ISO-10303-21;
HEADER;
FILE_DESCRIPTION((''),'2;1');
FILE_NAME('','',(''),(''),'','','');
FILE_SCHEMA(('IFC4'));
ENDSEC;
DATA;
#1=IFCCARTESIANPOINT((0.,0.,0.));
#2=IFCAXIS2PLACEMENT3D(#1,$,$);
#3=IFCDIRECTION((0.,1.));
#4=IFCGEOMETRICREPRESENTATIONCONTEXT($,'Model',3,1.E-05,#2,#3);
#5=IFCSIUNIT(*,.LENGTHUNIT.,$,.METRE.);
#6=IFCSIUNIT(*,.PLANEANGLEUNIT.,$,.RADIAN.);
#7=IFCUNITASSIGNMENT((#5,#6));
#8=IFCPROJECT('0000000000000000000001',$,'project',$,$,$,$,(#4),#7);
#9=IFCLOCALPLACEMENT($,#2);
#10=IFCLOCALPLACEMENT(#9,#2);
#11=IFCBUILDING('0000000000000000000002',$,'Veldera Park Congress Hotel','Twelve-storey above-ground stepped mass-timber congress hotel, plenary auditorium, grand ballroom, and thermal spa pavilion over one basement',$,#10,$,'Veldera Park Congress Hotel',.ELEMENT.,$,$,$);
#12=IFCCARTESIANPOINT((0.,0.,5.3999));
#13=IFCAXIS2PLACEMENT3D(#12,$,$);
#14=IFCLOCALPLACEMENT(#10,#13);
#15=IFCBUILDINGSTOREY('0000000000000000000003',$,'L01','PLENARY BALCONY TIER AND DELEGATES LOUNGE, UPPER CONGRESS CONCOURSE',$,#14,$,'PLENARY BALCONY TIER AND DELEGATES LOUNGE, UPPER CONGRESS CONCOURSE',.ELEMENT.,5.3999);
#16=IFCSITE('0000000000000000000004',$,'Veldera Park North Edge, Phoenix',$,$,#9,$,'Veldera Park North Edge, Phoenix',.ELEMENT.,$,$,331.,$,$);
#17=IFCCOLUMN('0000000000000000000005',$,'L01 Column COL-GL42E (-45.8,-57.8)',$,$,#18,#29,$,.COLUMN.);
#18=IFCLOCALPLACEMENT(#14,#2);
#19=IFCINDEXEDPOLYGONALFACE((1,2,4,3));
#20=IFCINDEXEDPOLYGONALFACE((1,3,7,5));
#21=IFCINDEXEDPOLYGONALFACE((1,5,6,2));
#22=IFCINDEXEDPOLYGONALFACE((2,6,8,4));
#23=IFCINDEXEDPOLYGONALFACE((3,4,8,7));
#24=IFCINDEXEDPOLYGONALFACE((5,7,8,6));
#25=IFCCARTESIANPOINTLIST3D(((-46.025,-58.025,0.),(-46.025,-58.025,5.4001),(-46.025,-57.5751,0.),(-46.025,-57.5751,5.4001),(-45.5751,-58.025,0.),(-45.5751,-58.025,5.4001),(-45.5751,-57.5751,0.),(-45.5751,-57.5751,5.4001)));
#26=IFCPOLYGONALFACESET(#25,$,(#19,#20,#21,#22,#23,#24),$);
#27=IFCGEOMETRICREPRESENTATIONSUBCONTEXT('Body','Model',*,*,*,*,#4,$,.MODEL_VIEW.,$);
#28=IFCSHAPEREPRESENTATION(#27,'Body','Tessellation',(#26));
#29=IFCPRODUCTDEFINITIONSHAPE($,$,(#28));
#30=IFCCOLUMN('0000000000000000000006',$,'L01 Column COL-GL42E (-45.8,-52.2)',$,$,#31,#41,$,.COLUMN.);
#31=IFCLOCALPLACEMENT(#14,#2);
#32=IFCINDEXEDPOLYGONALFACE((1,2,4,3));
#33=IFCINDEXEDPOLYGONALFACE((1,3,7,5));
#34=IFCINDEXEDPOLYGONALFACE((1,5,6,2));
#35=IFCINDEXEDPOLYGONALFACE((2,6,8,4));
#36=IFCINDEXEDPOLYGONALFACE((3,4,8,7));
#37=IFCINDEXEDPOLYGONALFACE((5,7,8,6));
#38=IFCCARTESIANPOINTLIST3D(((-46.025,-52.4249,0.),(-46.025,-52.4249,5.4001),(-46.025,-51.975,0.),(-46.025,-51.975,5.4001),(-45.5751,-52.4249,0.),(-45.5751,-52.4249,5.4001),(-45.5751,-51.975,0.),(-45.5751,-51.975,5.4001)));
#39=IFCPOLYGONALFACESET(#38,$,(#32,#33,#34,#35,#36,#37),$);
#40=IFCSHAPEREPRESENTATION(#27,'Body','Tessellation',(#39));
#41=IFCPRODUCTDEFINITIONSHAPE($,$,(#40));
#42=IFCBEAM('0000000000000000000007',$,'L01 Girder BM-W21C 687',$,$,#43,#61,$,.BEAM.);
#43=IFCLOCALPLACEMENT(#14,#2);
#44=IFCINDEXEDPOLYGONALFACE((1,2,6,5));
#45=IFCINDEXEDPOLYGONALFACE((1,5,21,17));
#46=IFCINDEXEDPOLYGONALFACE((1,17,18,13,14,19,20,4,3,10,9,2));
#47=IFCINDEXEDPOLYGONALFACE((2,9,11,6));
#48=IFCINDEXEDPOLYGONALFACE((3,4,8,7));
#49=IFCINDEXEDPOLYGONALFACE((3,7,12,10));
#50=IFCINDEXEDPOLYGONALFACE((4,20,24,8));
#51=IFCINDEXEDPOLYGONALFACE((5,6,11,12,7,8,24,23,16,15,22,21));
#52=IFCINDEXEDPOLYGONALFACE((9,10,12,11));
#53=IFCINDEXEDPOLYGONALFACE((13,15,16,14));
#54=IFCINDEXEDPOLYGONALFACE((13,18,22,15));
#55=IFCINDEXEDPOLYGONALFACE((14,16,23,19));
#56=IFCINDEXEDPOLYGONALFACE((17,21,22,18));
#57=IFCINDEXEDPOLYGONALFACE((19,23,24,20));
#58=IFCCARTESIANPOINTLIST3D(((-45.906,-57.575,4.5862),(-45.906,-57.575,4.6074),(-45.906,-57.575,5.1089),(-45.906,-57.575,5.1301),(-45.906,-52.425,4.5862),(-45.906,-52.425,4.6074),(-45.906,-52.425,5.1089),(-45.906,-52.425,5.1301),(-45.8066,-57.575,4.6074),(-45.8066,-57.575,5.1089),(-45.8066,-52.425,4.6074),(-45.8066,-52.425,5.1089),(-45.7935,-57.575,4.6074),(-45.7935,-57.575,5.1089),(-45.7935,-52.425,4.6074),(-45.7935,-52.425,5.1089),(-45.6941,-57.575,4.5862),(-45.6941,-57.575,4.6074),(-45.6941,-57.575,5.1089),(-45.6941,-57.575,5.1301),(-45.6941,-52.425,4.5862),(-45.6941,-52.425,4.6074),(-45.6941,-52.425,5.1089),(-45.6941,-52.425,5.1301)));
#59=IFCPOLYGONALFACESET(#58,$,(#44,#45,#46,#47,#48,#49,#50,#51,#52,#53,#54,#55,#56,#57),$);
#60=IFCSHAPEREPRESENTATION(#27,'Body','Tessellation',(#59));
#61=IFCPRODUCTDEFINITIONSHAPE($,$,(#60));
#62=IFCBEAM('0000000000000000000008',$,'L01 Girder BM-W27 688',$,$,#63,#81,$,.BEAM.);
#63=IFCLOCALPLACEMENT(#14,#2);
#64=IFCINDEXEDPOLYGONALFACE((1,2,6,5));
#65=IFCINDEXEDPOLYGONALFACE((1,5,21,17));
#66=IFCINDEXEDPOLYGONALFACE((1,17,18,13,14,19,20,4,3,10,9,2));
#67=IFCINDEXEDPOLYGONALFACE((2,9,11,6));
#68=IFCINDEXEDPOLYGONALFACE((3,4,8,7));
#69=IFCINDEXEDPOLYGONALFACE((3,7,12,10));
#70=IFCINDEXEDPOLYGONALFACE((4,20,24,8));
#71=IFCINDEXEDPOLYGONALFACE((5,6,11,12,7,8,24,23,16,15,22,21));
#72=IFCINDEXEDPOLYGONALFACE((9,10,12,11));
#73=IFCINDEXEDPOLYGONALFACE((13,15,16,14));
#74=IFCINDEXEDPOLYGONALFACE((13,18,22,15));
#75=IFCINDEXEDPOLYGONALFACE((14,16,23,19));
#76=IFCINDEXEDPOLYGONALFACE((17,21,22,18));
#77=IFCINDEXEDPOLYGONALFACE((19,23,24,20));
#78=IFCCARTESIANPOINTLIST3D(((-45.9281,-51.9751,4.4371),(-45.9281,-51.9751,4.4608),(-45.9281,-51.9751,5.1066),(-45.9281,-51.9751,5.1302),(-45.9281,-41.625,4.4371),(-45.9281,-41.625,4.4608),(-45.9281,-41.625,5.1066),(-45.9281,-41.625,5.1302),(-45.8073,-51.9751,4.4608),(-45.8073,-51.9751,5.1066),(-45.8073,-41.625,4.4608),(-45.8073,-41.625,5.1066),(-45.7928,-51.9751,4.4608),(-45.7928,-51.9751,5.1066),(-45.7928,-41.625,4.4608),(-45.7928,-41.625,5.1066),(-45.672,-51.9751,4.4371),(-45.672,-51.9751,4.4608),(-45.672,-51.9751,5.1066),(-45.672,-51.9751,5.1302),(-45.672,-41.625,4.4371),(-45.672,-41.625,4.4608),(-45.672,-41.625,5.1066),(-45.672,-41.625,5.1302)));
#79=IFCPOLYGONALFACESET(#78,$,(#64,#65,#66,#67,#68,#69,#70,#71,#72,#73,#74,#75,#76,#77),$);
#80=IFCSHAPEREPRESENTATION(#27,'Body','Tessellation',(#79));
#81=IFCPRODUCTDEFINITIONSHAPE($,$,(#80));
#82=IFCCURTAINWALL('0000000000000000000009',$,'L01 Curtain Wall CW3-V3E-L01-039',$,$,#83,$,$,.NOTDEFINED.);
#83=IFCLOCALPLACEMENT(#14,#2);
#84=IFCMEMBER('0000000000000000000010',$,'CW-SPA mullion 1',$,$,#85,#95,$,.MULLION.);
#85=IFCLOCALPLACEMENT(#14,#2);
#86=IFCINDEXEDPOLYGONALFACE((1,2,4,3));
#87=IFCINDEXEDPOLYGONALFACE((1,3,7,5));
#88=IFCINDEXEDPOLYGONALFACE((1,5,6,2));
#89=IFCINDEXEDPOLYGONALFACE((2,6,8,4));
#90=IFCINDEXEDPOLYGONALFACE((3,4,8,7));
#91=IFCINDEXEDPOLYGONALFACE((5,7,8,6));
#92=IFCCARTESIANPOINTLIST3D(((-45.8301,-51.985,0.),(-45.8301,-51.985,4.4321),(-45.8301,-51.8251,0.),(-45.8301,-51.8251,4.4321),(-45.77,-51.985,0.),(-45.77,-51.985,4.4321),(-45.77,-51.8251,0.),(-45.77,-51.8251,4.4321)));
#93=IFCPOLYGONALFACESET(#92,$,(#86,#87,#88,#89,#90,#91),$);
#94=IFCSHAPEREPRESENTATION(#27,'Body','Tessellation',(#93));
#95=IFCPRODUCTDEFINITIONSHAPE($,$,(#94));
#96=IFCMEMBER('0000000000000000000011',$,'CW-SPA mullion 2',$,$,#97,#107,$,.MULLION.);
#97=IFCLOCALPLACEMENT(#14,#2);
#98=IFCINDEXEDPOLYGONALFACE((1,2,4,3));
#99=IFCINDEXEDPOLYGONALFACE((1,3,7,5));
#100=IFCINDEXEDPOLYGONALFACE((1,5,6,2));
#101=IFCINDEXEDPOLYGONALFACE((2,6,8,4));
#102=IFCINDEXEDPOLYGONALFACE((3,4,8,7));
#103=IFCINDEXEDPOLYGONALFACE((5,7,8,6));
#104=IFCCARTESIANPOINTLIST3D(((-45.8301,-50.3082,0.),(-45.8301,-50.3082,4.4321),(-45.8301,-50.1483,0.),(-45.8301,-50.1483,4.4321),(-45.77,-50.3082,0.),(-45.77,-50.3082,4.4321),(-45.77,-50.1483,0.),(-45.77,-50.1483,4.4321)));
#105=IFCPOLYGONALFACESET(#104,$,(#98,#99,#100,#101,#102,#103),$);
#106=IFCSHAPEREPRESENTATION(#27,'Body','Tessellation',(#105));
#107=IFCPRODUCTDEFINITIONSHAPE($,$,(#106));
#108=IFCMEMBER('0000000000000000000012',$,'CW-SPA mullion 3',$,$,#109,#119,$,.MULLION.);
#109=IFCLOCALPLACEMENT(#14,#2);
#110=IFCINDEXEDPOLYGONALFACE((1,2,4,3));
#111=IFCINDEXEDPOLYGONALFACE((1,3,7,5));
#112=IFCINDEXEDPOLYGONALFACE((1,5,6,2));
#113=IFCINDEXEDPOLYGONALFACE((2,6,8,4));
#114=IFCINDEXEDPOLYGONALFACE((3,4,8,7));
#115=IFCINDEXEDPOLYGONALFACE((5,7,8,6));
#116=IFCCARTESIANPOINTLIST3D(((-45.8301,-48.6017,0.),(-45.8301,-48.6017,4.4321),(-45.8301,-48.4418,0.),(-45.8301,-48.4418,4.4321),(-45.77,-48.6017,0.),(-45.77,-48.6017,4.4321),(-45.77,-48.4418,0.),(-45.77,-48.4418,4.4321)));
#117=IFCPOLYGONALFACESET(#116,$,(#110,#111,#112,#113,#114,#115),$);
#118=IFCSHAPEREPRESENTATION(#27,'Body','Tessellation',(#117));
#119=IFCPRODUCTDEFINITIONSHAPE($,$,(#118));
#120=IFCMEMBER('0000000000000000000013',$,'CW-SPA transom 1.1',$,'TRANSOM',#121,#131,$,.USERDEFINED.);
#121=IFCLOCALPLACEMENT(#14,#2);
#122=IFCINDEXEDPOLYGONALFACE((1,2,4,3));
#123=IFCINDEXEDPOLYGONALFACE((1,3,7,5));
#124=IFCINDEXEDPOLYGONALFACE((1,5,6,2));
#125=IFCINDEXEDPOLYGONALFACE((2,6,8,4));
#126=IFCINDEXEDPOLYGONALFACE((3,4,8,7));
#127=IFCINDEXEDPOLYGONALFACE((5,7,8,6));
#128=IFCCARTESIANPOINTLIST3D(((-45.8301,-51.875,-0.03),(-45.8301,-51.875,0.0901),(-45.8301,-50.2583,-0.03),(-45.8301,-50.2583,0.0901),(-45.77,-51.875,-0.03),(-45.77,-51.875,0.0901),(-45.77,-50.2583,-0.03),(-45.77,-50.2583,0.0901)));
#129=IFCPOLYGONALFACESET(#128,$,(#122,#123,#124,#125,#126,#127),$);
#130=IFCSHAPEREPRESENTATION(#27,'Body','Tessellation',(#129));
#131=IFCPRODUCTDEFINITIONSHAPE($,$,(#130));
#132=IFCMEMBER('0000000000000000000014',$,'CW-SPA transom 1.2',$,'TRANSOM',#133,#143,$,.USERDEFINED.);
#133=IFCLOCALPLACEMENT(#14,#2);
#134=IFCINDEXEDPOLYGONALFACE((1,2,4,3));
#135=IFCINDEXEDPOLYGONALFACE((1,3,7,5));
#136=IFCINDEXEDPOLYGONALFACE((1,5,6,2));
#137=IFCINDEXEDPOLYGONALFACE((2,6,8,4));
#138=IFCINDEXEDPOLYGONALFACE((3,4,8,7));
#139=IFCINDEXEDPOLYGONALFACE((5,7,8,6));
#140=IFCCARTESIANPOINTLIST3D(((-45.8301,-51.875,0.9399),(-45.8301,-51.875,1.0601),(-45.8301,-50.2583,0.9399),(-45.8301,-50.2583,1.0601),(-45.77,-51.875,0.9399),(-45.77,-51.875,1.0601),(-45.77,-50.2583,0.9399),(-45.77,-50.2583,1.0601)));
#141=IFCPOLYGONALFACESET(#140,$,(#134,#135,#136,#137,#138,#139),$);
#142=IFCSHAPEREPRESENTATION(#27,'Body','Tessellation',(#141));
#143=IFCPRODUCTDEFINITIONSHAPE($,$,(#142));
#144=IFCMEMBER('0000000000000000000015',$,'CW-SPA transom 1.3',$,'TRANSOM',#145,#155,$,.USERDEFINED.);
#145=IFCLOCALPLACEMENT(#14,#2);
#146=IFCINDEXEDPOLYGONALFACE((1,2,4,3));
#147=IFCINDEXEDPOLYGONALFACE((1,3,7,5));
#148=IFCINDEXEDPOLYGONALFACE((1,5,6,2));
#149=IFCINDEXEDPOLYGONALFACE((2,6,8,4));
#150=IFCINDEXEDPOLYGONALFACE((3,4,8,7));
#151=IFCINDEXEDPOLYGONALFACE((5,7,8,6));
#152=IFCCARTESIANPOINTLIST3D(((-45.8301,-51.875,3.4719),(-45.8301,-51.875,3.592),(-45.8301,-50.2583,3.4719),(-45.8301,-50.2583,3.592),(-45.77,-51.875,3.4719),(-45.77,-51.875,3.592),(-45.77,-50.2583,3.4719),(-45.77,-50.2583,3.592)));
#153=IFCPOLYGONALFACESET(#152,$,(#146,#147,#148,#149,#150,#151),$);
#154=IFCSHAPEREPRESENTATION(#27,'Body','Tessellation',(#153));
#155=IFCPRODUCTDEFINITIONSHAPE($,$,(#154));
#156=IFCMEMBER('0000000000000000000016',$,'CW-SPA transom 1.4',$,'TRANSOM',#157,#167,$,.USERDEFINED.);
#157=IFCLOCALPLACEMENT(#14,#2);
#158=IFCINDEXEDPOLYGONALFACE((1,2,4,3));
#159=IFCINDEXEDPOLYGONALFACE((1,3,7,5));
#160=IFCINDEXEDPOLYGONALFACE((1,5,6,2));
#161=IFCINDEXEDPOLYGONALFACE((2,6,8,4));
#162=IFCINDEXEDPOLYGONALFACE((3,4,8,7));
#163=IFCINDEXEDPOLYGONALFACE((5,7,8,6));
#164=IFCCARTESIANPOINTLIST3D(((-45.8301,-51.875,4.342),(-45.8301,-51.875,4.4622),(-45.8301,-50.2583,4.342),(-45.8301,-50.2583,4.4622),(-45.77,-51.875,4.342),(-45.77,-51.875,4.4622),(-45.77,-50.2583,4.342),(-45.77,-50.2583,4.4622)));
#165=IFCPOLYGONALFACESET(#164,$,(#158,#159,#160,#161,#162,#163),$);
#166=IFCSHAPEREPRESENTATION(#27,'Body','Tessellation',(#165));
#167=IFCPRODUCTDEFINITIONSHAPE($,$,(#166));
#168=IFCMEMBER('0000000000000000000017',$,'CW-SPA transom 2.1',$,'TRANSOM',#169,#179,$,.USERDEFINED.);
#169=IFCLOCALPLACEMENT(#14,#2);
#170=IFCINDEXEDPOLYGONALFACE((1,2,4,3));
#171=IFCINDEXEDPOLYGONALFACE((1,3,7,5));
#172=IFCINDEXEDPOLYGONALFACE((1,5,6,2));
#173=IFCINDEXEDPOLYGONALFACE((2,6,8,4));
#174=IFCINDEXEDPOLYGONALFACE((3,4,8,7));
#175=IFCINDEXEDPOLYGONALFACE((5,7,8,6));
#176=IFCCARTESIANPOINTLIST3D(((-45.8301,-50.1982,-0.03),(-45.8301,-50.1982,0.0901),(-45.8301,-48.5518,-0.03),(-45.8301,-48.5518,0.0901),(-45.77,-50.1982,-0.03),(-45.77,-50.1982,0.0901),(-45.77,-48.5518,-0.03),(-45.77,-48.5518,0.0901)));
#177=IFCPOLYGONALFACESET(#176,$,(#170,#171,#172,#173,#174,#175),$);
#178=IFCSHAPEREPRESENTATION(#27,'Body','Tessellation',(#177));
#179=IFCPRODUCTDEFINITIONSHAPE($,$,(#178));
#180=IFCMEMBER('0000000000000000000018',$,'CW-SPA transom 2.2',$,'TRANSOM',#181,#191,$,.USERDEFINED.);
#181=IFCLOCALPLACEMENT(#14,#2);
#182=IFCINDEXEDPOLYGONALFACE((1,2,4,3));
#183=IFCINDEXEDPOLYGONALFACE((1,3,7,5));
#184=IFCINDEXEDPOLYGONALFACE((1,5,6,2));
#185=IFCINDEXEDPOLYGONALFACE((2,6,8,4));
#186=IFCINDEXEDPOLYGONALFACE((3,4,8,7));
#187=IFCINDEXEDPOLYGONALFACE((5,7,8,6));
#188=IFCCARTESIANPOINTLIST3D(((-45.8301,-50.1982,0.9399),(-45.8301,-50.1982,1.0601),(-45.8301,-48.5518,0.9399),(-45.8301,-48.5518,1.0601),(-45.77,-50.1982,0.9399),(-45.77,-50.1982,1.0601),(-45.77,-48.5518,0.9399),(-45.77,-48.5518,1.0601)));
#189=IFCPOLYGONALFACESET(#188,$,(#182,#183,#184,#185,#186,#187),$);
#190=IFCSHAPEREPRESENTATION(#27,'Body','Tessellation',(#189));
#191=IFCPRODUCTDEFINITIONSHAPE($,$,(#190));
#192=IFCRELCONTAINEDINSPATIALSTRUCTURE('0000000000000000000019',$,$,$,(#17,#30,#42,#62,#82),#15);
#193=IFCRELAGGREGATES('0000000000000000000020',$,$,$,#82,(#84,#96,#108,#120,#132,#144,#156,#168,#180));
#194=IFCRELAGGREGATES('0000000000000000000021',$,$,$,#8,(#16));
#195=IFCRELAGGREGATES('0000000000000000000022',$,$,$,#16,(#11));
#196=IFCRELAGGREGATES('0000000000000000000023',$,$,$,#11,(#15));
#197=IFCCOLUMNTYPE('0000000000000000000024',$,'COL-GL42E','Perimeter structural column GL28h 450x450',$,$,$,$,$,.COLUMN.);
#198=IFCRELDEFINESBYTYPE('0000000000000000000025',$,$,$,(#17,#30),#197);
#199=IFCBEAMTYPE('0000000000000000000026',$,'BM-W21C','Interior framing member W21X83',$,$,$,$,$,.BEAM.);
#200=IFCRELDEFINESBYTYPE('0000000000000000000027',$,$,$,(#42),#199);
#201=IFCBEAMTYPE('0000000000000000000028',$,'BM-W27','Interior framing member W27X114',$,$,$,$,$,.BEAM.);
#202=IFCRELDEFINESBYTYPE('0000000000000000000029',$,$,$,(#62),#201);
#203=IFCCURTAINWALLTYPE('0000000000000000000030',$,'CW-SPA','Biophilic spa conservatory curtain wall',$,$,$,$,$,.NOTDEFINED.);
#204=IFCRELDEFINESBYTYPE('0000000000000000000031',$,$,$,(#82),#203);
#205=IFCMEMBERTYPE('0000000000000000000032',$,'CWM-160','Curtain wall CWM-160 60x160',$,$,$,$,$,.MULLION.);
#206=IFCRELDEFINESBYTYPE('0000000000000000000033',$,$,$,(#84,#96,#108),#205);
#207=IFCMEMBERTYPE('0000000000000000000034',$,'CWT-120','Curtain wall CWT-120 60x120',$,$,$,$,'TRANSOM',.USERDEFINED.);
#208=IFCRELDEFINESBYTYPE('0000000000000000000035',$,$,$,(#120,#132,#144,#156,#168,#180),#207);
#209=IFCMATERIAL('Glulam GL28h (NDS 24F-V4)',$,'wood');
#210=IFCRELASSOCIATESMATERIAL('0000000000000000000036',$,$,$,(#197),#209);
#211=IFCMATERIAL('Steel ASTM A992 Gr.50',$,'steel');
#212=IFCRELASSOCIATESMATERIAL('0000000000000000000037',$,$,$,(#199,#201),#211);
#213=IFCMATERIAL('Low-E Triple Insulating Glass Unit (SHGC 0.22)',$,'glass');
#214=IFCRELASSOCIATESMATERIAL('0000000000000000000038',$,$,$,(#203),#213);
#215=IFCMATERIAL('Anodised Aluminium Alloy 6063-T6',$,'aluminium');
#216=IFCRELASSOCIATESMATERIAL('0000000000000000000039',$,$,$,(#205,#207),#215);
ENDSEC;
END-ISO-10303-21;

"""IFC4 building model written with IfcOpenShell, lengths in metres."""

from ifc_helpers import new_model, si_unit, direction, frame, origin, origin_2d, place, context, subcontext, project, spatial, rectangle, i_section, extrude, material, material_profile, profile_set, type_object, element, aggregate, save


model = new_model("IFC4")

# Units and contexts
model_context = context("Model", 3, precision=1e-05, world=origin(), true_north=direction((0.0, 1.0)))
body_context = subcontext(model_context, "Body", "Model", "MODEL_VIEW")
ifc_project = project(units=[si_unit("LENGTHUNIT", "METRE"), si_unit("PLANEANGLEUNIT", "RADIAN")], contexts=[model_context])

# Site, building, storey
site_placement = place(None, origin())
site = spatial("IfcSite", under=ifc_project, at=site_placement, Name="Veldera Park North Edge, Phoenix", LongName="Veldera Park North Edge, Phoenix", CompositionType="ELEMENT", RefElevation=331.0)
building_placement = place(site_placement, origin())
building = spatial("IfcBuilding", under=site, at=building_placement, Name="Veldera Park Congress Hotel", Description="Twelve-storey above-ground stepped mass-timber congress hotel, plenary auditorium, grand ballroom, and thermal spa pavilion over one basement", LongName="Veldera Park Congress Hotel", CompositionType="ELEMENT")
storey_placement = place(building_placement, frame((0.0, 0.0, 5.3999)))
storey = spatial("IfcBuildingStorey", under=building, at=storey_placement, Name="L01", Description="PLENARY BALCONY TIER AND DELEGATES LOUNGE, UPPER CONGRESS CONCOURSE", LongName="PLENARY BALCONY TIER AND DELEGATES LOUNGE, UPPER CONGRESS CONCOURSE", CompositionType="ELEMENT", Elevation=5.3999)

# Columns
ifc_material_1 = material(Name="Glulam GL28h (NDS 24F-V4)", Category="wood")
ifc_material_profile_1 = material_profile(ifc_material_1, rectangle(XDim=0.45, YDim=0.45, at=origin_2d()), Name="GL28h 450x450")
ifc_profile_set_1 = profile_set([ifc_material_profile_1], Name="Glulam GL28h (NDS 24F-V4)")
column_type = type_object("IfcColumnType", Name="COL-GL42E", Description="Perimeter structural column GL28h 450x450", PredefinedType="COLUMN", material=ifc_profile_set_1)
for number, where, z_axis, x_axis, name in (
    (1, (-45.8, -57.8, 0.0), (0.0, 0.0, 1.0), (1.0, 0.0, 0.0), "L01 Column COL-GL42E (-45.8,-57.8)"),
    (2, (-45.8, -52.2, 0.0), (0.0, 0.0, 1.0), (1.0, 0.0, 0.0), "L01 Column COL-GL42E (-45.8,-52.2)"),
):
    element("IfcColumn", number, at=place(storey_placement, frame(where, z_axis=z_axis, x_axis=x_axis)), inside=storey, type_object=column_type, Name=name, PredefinedType="COLUMN", context=body_context, shape_type="SweptSolid", body=[
        extrude(rectangle(XDim=0.45, YDim=0.45, at=origin_2d()), origin(), (0.0, 0.0, 1.0), 5.4001),
    ])

# Beams
ifc_material_2 = material(Name="Steel ASTM A992 Gr.50", Category="steel")
ifc_material_profile_2 = material_profile(ifc_material_2, i_section(OverallWidth=0.2119, OverallDepth=0.5439, WebThickness=0.0132, FlangeThickness=0.0212, at=origin_2d()), Name="W21X83")
ifc_profile_set_2 = profile_set([ifc_material_profile_2], Name="Steel ASTM A992 Gr.50")
beam_type_1 = type_object("IfcBeamType", Name="BM-W21C", Description="Interior framing member W21X83", PredefinedType="BEAM", material=ifc_profile_set_2)
beam_1_placement = place(storey_placement, frame((-45.8, -57.575, 4.8582), z_axis=(0.0, 1.0, 0.0), x_axis=(-1.0, 0.0, 0.0)))
element("IfcBeam", 3, at=beam_1_placement, inside=storey, type_object=beam_type_1, Name="L01 Girder BM-W21C 687", PredefinedType="BEAM", context=body_context, shape_type="SweptSolid", body=[
    extrude(i_section(OverallWidth=0.2119, OverallDepth=0.5439, WebThickness=0.0132, FlangeThickness=0.0212, at=origin_2d()), origin(), (0.0, 0.0, 1.0), 5.1499),
])
ifc_material_profile_3 = material_profile(ifc_material_2, i_section(OverallWidth=0.2561, OverallDepth=0.6931, WebThickness=0.0144, FlangeThickness=0.0237, at=origin_2d()), Name="W27X114")
ifc_profile_set_3 = profile_set([ifc_material_profile_3], Name="Steel ASTM A992 Gr.50")
beam_type_2 = type_object("IfcBeamType", Name="BM-W27", Description="Interior framing member W27X114", PredefinedType="BEAM", material=ifc_profile_set_3)
beam_2_placement = place(storey_placement, frame((-45.8, -51.9751, 4.7837), z_axis=(0.0, 1.0, 0.0), x_axis=(-1.0, 0.0, 0.0)))
element("IfcBeam", 4, at=beam_2_placement, inside=storey, type_object=beam_type_2, Name="L01 Girder BM-W27 688", PredefinedType="BEAM", context=body_context, shape_type="SweptSolid", body=[
    extrude(i_section(OverallWidth=0.2561, OverallDepth=0.6931, WebThickness=0.0144, FlangeThickness=0.0237, at=origin_2d()), origin(), (0.0, 0.0, 1.0), 10.3501),
])

# Curtain wall, members
ifc_material_3 = material(Name="Low-E Triple Insulating Glass Unit (SHGC 0.22)", Category="glass")
curtain_wall_type = type_object("IfcCurtainWallType", Name="CW-SPA", Description="Biophilic spa conservatory curtain wall", PredefinedType="NOTDEFINED", material=ifc_material_3)
curtain_wall_placement = place(storey_placement, origin())
curtain_wall = element("IfcCurtainWall", 5, at=curtain_wall_placement, inside=storey, type_object=curtain_wall_type, Name="L01 Curtain Wall CW3-V3E-L01-039", PredefinedType="NOTDEFINED")
ifc_material_4 = material(Name="Anodised Aluminium Alloy 6063-T6", Category="aluminium")
ifc_material_profile_4 = material_profile(ifc_material_4, rectangle(XDim=0.0601, YDim=0.1599, at=origin_2d()), Name="ALU 60x160")
ifc_profile_set_4 = profile_set([ifc_material_profile_4], Name="Anodised Aluminium Alloy 6063-T6")
member_type_1 = type_object("IfcMemberType", Name="CWM-160", Description="Curtain wall CWM-160 60x160", PredefinedType="MULLION", material=ifc_profile_set_4)
member_1_placement = place(storey_placement, frame((-45.8, -51.905, 0.0), z_axis=(0.0, 0.0, 1.0), x_axis=(-1.0, 0.0, 0.0)))
member_1 = element("IfcMember", 6, at=member_1_placement, type_object=member_type_1, Name="CW-SPA mullion 1", PredefinedType="MULLION", context=body_context, shape_type="SweptSolid", body=[
    extrude(rectangle(XDim=0.0601, YDim=0.1599, at=origin_2d()), origin(), (0.0, 0.0, 1.0), 4.4321),
])
member_2_placement = place(storey_placement, frame((-45.8, -50.2283, 0.0), z_axis=(0.0, 0.0, 1.0), x_axis=(-1.0, 0.0, 0.0)))
member_2 = element("IfcMember", 7, at=member_2_placement, type_object=member_type_1, Name="CW-SPA mullion 2", PredefinedType="MULLION", context=body_context, shape_type="SweptSolid", body=[
    extrude(rectangle(XDim=0.0601, YDim=0.1599, at=origin_2d()), origin(), (0.0, 0.0, 1.0), 4.4321),
])
member_3_placement = place(storey_placement, frame((-45.8, -48.5217, 0.0), z_axis=(0.0, 0.0, 1.0), x_axis=(-1.0, 0.0, 0.0)))
member_3 = element("IfcMember", 8, at=member_3_placement, type_object=member_type_1, Name="CW-SPA mullion 3", PredefinedType="MULLION", context=body_context, shape_type="SweptSolid", body=[
    extrude(rectangle(XDim=0.0601, YDim=0.1599, at=origin_2d()), origin(), (0.0, 0.0, 1.0), 4.4321),
])
ifc_material_profile_5 = material_profile(ifc_material_4, rectangle(XDim=0.0601, YDim=0.1201, at=origin_2d()), Name="ALU 60x120")
ifc_profile_set_5 = profile_set([ifc_material_profile_5], Name="Anodised Aluminium Alloy 6063-T6")
member_type_2 = type_object("IfcMemberType", Name="CWT-120", Description="Curtain wall CWT-120 60x120", ElementType="TRANSOM", PredefinedType="USERDEFINED", material=ifc_profile_set_5)
member_4_placement = place(storey_placement, frame((-45.8, -51.875, 0.03), z_axis=(0.0, 1.0, 0.0), x_axis=(-1.0, 0.0, 0.0)))
member_4 = element("IfcMember", 9, at=member_4_placement, type_object=member_type_2, Name="CW-SPA transom 1.1", ObjectType="TRANSOM", PredefinedType="USERDEFINED", context=body_context, shape_type="SweptSolid", body=[
    extrude(rectangle(XDim=0.0601, YDim=0.1201, at=origin_2d()), origin(), (0.0, 0.0, 1.0), 1.6167),
])
member_5_placement = place(storey_placement, frame((-45.8, -51.875, 1.0), z_axis=(0.0, 1.0, 0.0), x_axis=(-1.0, 0.0, 0.0)))
member_5 = element("IfcMember", 10, at=member_5_placement, type_object=member_type_2, Name="CW-SPA transom 1.2", ObjectType="TRANSOM", PredefinedType="USERDEFINED", context=body_context, shape_type="SweptSolid", body=[
    extrude(rectangle(XDim=0.0601, YDim=0.1201, at=origin_2d()), origin(), (0.0, 0.0, 1.0), 1.6167),
])
member_6_placement = place(storey_placement, frame((-45.8, -51.875, 3.532), z_axis=(0.0, 1.0, 0.0), x_axis=(-1.0, 0.0, 0.0)))
member_6 = element("IfcMember", 11, at=member_6_placement, type_object=member_type_2, Name="CW-SPA transom 1.3", ObjectType="TRANSOM", PredefinedType="USERDEFINED", context=body_context, shape_type="SweptSolid", body=[
    extrude(rectangle(XDim=0.0601, YDim=0.1201, at=origin_2d()), origin(), (0.0, 0.0, 1.0), 1.6167),
])
member_7_placement = place(storey_placement, frame((-45.8, -51.875, 4.4021), z_axis=(0.0, 1.0, 0.0), x_axis=(-1.0, 0.0, 0.0)))
member_7 = element("IfcMember", 12, at=member_7_placement, type_object=member_type_2, Name="CW-SPA transom 1.4", ObjectType="TRANSOM", PredefinedType="USERDEFINED", context=body_context, shape_type="SweptSolid", body=[
    extrude(rectangle(XDim=0.0601, YDim=0.1201, at=origin_2d()), origin(), (0.0, 0.0, 1.0), 1.6167),
])
member_8_placement = place(storey_placement, frame((-45.8, -50.1982, 0.03), z_axis=(0.0, 1.0, 0.0), x_axis=(-1.0, 0.0, 0.0)))
member_8 = element("IfcMember", 13, at=member_8_placement, type_object=member_type_2, Name="CW-SPA transom 2.1", ObjectType="TRANSOM", PredefinedType="USERDEFINED", context=body_context, shape_type="SweptSolid", body=[
    extrude(rectangle(XDim=0.0601, YDim=0.1201, at=origin_2d()), origin(), (0.0, 0.0, 1.0), 1.6465),
])
member_9_placement = place(storey_placement, frame((-45.8, -50.1982, 1.0), z_axis=(0.0, 1.0, 0.0), x_axis=(-1.0, 0.0, 0.0)))
member_9 = element("IfcMember", 14, at=member_9_placement, type_object=member_type_2, Name="CW-SPA transom 2.2", ObjectType="TRANSOM", PredefinedType="USERDEFINED", context=body_context, shape_type="SweptSolid", body=[
    extrude(rectangle(XDim=0.0601, YDim=0.1201, at=origin_2d()), origin(), (0.0, 0.0, 1.0), 1.6465),
])

aggregate(curtain_wall, [member_1, member_2, member_3, member_4, member_5, member_6, member_7, member_8, member_9])

save(model, "model.ifc")
